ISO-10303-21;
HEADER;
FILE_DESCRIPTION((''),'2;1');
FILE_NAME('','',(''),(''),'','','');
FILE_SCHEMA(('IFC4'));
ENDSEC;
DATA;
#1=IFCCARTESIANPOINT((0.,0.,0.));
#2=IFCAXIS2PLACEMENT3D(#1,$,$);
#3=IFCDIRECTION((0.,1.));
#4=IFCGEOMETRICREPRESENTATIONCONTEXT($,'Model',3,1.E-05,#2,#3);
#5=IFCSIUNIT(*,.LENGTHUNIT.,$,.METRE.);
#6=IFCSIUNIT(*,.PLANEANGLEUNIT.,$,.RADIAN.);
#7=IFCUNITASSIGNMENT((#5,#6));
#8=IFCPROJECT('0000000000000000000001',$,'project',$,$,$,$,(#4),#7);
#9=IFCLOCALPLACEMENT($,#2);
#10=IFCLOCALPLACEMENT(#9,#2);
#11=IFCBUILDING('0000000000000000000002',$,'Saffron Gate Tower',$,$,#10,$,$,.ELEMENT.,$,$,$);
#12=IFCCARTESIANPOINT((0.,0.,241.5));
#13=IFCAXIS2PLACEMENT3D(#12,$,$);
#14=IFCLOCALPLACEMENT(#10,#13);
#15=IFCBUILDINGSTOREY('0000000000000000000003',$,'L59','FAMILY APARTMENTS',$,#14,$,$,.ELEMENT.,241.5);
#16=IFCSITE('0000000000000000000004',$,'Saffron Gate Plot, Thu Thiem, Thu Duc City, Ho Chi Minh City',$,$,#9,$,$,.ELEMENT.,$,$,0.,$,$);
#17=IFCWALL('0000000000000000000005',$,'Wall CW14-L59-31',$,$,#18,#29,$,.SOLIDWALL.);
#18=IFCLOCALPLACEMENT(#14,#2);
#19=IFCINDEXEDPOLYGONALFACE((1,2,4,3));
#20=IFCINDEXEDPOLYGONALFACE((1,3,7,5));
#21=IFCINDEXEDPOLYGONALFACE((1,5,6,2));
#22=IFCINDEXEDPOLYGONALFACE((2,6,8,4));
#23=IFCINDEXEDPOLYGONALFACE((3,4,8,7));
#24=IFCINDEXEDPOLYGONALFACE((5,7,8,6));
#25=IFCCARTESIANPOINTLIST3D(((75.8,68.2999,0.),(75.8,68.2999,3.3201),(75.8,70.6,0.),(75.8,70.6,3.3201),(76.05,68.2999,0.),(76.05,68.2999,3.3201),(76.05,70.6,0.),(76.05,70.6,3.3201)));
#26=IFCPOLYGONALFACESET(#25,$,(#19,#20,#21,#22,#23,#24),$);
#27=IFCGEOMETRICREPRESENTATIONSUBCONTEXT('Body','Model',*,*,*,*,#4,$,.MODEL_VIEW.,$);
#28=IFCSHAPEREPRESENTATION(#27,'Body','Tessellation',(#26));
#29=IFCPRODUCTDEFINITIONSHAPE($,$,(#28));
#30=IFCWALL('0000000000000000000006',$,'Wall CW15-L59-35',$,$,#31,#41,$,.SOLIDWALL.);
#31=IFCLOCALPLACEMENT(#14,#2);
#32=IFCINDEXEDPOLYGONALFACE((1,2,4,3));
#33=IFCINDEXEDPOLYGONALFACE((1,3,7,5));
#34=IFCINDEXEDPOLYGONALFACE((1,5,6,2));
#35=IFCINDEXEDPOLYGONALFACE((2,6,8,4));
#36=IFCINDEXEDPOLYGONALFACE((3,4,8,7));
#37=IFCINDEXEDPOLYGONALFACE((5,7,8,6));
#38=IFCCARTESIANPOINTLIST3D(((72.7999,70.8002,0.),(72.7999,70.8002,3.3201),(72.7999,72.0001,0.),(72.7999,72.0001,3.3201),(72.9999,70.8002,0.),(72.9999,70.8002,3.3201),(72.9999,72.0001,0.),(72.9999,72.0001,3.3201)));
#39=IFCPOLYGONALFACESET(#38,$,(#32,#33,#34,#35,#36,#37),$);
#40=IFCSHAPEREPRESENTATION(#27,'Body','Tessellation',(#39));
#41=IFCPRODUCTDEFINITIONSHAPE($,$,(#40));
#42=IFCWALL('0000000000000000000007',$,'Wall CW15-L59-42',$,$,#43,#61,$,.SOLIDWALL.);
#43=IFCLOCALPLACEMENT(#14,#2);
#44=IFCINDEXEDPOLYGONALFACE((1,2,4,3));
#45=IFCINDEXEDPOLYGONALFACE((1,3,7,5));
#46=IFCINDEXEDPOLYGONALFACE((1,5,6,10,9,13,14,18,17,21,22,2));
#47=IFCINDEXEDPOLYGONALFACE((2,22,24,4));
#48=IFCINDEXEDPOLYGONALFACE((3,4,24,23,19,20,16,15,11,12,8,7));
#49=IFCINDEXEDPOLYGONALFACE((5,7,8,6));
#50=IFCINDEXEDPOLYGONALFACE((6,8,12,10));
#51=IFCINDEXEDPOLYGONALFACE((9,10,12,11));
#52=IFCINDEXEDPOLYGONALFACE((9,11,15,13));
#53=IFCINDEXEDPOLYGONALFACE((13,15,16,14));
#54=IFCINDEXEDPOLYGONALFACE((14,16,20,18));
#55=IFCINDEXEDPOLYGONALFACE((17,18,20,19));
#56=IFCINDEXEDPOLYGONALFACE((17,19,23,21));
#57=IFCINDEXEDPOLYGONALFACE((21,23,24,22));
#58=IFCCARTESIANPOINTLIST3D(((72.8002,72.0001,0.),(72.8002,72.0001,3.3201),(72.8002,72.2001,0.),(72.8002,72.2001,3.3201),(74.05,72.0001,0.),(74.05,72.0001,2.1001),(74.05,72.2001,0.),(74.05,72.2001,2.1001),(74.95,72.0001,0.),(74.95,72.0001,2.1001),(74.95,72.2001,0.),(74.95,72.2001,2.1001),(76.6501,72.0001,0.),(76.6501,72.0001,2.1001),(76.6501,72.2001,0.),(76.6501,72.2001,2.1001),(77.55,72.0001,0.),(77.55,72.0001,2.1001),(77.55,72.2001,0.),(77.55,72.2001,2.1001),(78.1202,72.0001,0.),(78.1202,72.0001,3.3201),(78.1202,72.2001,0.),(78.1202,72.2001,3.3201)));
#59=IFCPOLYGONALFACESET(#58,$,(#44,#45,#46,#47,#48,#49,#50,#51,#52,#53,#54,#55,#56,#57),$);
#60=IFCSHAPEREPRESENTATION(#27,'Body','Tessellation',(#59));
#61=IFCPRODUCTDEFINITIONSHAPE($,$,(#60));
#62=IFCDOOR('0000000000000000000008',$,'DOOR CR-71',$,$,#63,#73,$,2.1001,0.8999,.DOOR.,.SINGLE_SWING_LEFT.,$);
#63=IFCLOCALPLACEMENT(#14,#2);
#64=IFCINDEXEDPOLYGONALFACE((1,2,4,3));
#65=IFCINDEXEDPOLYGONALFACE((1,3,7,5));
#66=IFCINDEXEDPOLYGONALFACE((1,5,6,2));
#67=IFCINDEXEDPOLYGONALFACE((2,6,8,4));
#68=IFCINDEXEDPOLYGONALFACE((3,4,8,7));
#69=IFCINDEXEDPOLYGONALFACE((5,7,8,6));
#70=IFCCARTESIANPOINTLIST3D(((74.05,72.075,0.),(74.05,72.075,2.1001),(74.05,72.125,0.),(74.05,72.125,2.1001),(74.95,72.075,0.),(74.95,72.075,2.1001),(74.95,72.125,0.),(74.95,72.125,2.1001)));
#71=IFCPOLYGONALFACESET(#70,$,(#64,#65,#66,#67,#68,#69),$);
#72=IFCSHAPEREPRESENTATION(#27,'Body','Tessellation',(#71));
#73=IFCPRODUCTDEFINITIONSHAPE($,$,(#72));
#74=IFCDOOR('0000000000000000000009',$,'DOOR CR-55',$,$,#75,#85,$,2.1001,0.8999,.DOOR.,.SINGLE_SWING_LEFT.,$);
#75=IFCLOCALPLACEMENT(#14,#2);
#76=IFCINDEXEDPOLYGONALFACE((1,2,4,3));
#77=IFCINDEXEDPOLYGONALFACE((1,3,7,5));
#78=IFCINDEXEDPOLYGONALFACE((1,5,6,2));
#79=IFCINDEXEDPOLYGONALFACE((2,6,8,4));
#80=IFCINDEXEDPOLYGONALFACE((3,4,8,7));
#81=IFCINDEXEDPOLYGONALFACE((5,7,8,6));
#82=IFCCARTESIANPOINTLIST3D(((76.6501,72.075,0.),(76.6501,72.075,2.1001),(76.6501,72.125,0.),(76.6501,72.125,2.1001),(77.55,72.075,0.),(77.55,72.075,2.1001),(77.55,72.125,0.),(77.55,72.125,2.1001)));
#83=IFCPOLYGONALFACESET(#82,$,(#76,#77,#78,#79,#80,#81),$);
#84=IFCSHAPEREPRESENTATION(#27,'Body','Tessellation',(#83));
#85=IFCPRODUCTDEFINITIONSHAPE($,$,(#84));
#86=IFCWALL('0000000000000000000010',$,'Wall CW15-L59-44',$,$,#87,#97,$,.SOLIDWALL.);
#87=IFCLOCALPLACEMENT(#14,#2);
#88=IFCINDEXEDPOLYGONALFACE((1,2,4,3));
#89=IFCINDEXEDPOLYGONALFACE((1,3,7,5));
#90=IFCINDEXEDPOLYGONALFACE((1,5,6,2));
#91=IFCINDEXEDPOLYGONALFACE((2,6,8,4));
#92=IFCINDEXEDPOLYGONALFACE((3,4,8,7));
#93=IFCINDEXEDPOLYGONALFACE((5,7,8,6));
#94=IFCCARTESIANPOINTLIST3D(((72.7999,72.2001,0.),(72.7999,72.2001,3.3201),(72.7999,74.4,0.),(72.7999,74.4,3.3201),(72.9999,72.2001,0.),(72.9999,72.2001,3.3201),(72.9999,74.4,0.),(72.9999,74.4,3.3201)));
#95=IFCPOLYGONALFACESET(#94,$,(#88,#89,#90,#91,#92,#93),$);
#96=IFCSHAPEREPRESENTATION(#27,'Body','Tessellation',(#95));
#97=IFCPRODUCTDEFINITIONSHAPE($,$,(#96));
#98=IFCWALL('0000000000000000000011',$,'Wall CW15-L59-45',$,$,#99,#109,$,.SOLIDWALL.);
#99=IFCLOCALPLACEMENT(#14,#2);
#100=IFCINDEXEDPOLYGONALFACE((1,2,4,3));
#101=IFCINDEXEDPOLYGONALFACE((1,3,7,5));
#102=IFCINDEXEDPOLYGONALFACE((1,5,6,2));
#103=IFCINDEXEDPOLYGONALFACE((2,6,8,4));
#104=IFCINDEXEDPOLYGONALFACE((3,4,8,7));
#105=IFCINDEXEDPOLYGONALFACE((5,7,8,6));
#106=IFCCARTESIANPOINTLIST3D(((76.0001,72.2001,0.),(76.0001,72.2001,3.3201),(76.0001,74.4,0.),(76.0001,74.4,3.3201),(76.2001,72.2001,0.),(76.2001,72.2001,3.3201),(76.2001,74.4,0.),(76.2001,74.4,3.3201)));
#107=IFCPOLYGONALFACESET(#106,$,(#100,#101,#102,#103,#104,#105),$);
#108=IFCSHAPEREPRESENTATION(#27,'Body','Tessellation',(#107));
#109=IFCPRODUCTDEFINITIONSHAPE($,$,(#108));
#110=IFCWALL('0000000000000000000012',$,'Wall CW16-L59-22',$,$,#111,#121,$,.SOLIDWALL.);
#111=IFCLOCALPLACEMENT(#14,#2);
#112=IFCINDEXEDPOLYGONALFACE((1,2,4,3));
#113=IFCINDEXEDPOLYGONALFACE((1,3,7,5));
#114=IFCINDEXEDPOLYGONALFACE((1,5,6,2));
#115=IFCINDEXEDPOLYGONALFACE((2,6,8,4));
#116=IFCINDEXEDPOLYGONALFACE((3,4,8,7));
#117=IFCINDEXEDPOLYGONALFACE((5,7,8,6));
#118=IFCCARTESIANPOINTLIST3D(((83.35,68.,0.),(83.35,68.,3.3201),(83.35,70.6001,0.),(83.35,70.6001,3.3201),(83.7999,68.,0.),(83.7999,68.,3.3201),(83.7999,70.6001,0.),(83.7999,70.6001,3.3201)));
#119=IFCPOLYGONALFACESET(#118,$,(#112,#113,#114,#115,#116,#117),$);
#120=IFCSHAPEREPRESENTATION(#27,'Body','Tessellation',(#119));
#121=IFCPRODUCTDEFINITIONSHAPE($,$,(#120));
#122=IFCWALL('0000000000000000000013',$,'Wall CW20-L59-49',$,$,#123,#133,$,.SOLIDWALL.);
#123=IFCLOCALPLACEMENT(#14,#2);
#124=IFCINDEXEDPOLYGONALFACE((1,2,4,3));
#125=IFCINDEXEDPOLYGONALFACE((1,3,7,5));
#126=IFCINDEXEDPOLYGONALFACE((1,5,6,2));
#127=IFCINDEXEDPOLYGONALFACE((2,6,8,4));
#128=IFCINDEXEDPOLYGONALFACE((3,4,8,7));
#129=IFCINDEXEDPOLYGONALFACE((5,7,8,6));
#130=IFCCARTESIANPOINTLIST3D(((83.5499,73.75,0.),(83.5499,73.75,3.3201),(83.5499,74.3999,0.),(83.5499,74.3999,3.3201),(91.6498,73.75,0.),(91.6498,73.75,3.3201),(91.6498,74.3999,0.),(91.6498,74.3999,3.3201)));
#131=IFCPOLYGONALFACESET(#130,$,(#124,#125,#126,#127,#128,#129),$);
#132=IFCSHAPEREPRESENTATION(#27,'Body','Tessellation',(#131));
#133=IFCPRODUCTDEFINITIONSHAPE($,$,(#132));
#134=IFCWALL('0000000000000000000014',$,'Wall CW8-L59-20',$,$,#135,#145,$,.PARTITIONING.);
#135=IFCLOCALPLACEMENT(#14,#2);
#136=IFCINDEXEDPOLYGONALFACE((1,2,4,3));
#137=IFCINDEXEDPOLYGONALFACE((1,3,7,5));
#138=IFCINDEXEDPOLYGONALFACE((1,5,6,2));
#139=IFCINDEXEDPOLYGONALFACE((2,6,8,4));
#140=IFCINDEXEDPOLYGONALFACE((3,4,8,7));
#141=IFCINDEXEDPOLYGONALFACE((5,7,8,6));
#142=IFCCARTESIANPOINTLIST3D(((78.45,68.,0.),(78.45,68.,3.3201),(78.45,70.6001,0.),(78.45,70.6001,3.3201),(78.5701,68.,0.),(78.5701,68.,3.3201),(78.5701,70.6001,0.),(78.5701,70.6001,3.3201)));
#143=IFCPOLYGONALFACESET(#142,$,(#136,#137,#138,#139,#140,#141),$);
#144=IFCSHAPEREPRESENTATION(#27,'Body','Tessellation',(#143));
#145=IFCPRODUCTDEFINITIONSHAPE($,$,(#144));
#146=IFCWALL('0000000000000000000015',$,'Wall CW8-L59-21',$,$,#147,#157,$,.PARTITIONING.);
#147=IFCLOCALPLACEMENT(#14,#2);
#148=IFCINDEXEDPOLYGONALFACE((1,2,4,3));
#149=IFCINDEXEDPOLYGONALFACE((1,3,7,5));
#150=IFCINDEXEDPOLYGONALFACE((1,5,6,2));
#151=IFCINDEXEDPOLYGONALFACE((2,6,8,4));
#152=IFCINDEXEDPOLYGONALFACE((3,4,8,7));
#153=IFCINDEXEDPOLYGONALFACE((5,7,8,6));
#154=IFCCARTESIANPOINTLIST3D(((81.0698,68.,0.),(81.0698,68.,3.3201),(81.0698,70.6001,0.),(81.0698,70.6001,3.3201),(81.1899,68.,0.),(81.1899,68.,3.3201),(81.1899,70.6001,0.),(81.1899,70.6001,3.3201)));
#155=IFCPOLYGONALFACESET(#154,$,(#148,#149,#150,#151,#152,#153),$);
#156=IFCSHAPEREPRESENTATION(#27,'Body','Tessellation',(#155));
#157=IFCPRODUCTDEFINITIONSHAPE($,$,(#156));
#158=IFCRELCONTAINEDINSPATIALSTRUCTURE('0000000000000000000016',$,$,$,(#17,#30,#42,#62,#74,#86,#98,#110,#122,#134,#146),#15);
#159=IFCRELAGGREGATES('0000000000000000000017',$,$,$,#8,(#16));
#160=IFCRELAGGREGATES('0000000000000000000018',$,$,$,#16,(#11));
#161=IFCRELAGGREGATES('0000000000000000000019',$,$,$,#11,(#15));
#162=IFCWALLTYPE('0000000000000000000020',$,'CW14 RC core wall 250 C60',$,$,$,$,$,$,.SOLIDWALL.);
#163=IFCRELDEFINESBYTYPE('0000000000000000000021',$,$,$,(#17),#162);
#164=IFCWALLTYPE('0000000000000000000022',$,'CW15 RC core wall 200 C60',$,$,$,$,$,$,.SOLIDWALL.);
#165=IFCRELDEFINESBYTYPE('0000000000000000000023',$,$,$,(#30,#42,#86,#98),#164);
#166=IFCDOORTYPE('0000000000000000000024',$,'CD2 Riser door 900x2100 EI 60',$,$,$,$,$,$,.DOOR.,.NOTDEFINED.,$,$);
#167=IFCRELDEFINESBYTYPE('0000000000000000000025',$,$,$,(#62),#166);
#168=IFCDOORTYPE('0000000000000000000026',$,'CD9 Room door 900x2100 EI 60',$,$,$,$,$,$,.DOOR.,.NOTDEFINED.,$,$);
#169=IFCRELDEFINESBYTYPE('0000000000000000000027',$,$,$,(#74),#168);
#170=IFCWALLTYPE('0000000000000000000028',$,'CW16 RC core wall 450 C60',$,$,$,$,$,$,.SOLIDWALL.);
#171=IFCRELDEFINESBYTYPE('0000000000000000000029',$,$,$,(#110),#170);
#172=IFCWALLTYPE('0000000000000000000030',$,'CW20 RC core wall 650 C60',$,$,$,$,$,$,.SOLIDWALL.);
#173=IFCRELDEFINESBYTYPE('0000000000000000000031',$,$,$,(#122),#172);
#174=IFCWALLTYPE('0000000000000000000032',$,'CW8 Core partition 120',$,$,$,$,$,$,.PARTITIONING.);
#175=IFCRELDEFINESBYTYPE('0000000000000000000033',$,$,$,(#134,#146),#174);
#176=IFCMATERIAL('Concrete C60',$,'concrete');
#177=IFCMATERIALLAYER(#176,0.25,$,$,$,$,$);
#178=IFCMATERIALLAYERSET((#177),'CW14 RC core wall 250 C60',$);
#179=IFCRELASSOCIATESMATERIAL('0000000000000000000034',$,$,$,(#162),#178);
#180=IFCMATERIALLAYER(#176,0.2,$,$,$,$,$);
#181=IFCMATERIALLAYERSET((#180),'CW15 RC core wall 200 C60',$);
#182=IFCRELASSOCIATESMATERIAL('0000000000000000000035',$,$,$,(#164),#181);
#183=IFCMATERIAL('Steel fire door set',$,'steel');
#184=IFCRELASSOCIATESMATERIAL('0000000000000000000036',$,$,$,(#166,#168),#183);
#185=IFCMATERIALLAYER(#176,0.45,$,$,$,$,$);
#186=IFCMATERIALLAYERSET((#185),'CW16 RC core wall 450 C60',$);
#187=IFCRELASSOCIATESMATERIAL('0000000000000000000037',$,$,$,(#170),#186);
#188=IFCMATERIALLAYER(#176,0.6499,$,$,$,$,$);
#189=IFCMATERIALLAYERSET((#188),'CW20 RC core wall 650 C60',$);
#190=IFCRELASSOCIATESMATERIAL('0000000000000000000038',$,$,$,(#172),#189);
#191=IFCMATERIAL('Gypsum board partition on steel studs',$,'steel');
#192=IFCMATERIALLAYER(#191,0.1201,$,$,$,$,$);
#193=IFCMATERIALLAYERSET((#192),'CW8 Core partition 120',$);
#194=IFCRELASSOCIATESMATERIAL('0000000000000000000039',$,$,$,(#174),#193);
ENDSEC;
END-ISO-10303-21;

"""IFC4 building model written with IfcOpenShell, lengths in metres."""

from ifc_helpers import new_model, si_unit, direction, frame, frame_2d, origin, place, context, subcontext, project, spatial, rectangle, extrude, material, layer, layer_set, type_object, element, fill, save


model = new_model("IFC4")

# Units and contexts
model_context = context("Model", 3, precision=1e-05, world=origin(), true_north=direction((0.0, 1.0)))
body_context = subcontext(model_context, "Body", "Model", "MODEL_VIEW")
ifc_project = project(units=[si_unit("LENGTHUNIT", "METRE"), si_unit("PLANEANGLEUNIT", "RADIAN")], contexts=[model_context])

# Site, building, storey
site_placement = place(None, origin())
site = spatial("IfcSite", under=ifc_project, at=site_placement, Name="Saffron Gate Plot, Thu Thiem, Thu Duc City, Ho Chi Minh City", CompositionType="ELEMENT", RefElevation=0.0)
building_placement = place(site_placement, origin())
building = spatial("IfcBuilding", under=site, at=building_placement, Name="Saffron Gate Tower", CompositionType="ELEMENT")
storey_placement = place(building_placement, frame((0.0, 0.0, 241.5)))
storey = spatial("IfcBuildingStorey", under=building, at=storey_placement, Name="L59", Description="FAMILY APARTMENTS", CompositionType="ELEMENT", Elevation=241.5)

# Walls
ifc_material_1 = material(Name="Concrete C60", Category="concrete")
ifc_layer_1 = layer(ifc_material_1, 0.25)
ifc_layer_set_1 = layer_set([ifc_layer_1], Name="CW14 RC core wall 250 C60")
wall_type_1 = type_object("IfcWallType", Name="CW14 RC core wall 250 C60", PredefinedType="SOLIDWALL", material=ifc_layer_set_1)
wall_1_placement = place(storey_placement, frame((75.925, 68.3, 0.0), z_axis=(0.0, 0.0, 1.0), x_axis=(0.0, 1.0, 0.0)))
element("IfcWall", 1, at=wall_1_placement, inside=storey, type_object=wall_type_1, Name="Wall CW14-L59-31", PredefinedType="SOLIDWALL", context=body_context, shape_type="SweptSolid", body=[
    extrude(rectangle(XDim=2.3, YDim=0.25, at=frame_2d((1.1499, 0.0))), origin(), (0.0, 0.0, 1.0), 3.3201),
])
ifc_layer_2 = layer(ifc_material_1, 0.2)
ifc_layer_set_2 = layer_set([ifc_layer_2], Name="CW15 RC core wall 200 C60")
wall_type_2 = type_object("IfcWallType", Name="CW15 RC core wall 200 C60", PredefinedType="SOLIDWALL", material=ifc_layer_set_2)
wall_2_placement = place(storey_placement, frame((72.8999, 70.8, 0.0), z_axis=(0.0, 0.0, 1.0), x_axis=(0.0, 1.0, 0.0)))
element("IfcWall", 2, at=wall_2_placement, inside=storey, type_object=wall_type_2, Name="Wall CW15-L59-35", PredefinedType="SOLIDWALL", context=body_context, shape_type="SweptSolid", body=[
    extrude(rectangle(XDim=1.2, YDim=0.2, at=frame_2d((0.6001, 0.0))), origin(), (0.0, 0.0, 1.0), 3.3201),
])

# Wall, openings, doors
wall_3_placement = place(storey_placement, frame((72.8, 72.1001, 0.0), z_axis=(0.0, 0.0, 1.0), x_axis=(1.0, 0.0, 0.0)))
wall_3 = element("IfcWall", 3, at=wall_3_placement, inside=storey, type_object=wall_type_2, Name="Wall CW15-L59-42", PredefinedType="SOLIDWALL", context=body_context, shape_type="SweptSolid", body=[
    extrude(rectangle(XDim=5.3201, YDim=0.2, at=frame_2d((2.6602, 0.0))), origin(), (0.0, 0.0, 1.0), 3.3201),
])
opening_1_placement = place(wall_3_placement, frame((1.25, 0.0, 0.0)))
opening_1 = element("IfcOpeningElement", 4, at=opening_1_placement, cuts=wall_3, PredefinedType="OPENING", context=body_context, shape_type="SweptSolid", body=[
    extrude(rectangle(XDim=0.8999, YDim=2.1001, at=frame_2d((0.45, 1.05))), frame((0.0, 0.1099, 0.0), z_axis=(0.0, -1.0, 0.0), x_axis=(1.0, 0.0, 0.0)), (0.0, 0.0, 1.0), 0.22),
])
opening_2_placement = place(wall_3_placement, frame((3.8501, 0.0, 0.0)))
opening_2 = element("IfcOpeningElement", 5, at=opening_2_placement, cuts=wall_3, PredefinedType="OPENING", context=body_context, shape_type="SweptSolid", body=[
    extrude(rectangle(XDim=0.8999, YDim=2.1001, at=frame_2d((0.45, 1.05))), frame((0.0, 0.1099, 0.0), z_axis=(0.0, -1.0, 0.0), x_axis=(1.0, 0.0, 0.0)), (0.0, 0.0, 1.0), 0.22),
])
ifc_material_2 = material(Name="Steel fire door set", Category="steel")
door_type_1 = type_object("IfcDoorType", Name="CD2 Riser door 900x2100 EI 60", OperationType="NOTDEFINED", PredefinedType="DOOR", material=ifc_material_2)
door_1_placement = place(opening_1_placement, origin())
door_1 = element("IfcDoor", 6, at=door_1_placement, inside=storey, type_object=door_type_1, Name="DOOR CR-71", OperationType="SINGLE_SWING_LEFT", OverallHeight=2.1001, OverallWidth=0.8999, PredefinedType="DOOR", context=body_context, shape_type="SweptSolid", body=[
    extrude(rectangle(XDim=0.8999, YDim=2.1001, at=frame_2d((0.45, 1.05))), frame((0.0, 0.0249, 0.0), z_axis=(0.0, -1.0, 0.0), x_axis=(1.0, 0.0, 0.0)), (0.0, 0.0, 1.0), 0.05),
])
fill(opening_1, door_1)
door_type_2 = type_object("IfcDoorType", Name="CD9 Room door 900x2100 EI 60", OperationType="NOTDEFINED", PredefinedType="DOOR", material=ifc_material_2)
door_2_placement = place(opening_2_placement, origin())
door_2 = element("IfcDoor", 7, at=door_2_placement, inside=storey, type_object=door_type_2, Name="DOOR CR-55", OperationType="SINGLE_SWING_LEFT", OverallHeight=2.1001, OverallWidth=0.8999, PredefinedType="DOOR", context=body_context, shape_type="SweptSolid", body=[
    extrude(rectangle(XDim=0.8999, YDim=2.1001, at=frame_2d((0.45, 1.05))), frame((0.0, 0.0249, 0.0), z_axis=(0.0, -1.0, 0.0), x_axis=(1.0, 0.0, 0.0)), (0.0, 0.0, 1.0), 0.05),
])
fill(opening_2, door_2)

# Walls
for number, where, z_axis, x_axis, name in (
    (8, (72.8999, 72.2, 0.0), (0.0, 0.0, 1.0), (0.0, 1.0, 0.0), "Wall CW15-L59-44"),
    (9, (76.1001, 72.2, 0.0), (0.0, 0.0, 1.0), (0.0, 1.0, 0.0), "Wall CW15-L59-45"),
):
    element("IfcWall", number, at=place(storey_placement, frame(where, z_axis=z_axis, x_axis=x_axis)), inside=storey, type_object=wall_type_2, Name=name, PredefinedType="SOLIDWALL", context=body_context, shape_type="SweptSolid", body=[
        extrude(rectangle(XDim=2.2, YDim=0.2, at=frame_2d((1.1001, 0.0))), origin(), (0.0, 0.0, 1.0), 3.3201),
    ])
ifc_layer_3 = layer(ifc_material_1, 0.45)
ifc_layer_set_3 = layer_set([ifc_layer_3], Name="CW16 RC core wall 450 C60")
wall_type_3 = type_object("IfcWallType", Name="CW16 RC core wall 450 C60", PredefinedType="SOLIDWALL", material=ifc_layer_set_3)
wall_4_placement = place(storey_placement, frame((83.575, 68.0, 0.0), z_axis=(0.0, 0.0, 1.0), x_axis=(0.0, 1.0, 0.0)))
element("IfcWall", 10, at=wall_4_placement, inside=storey, type_object=wall_type_3, Name="Wall CW16-L59-22", PredefinedType="SOLIDWALL", context=body_context, shape_type="SweptSolid", body=[
    extrude(rectangle(XDim=2.6001, YDim=0.45, at=frame_2d((1.3, 0.0))), origin(), (0.0, 0.0, 1.0), 3.3201),
])
ifc_layer_4 = layer(ifc_material_1, 0.6499)
ifc_layer_set_4 = layer_set([ifc_layer_4], Name="CW20 RC core wall 650 C60")
wall_type_4 = type_object("IfcWallType", Name="CW20 RC core wall 650 C60", PredefinedType="SOLIDWALL", material=ifc_layer_set_4)
wall_5_placement = place(storey_placement, frame((83.55, 74.075, 0.0), z_axis=(0.0, 0.0, 1.0), x_axis=(1.0, 0.0, 0.0)))
element("IfcWall", 11, at=wall_5_placement, inside=storey, type_object=wall_type_4, Name="Wall CW20-L59-49", PredefinedType="SOLIDWALL", context=body_context, shape_type="SweptSolid", body=[
    extrude(rectangle(XDim=8.0999, YDim=0.6499, at=frame_2d((4.0498, 0.0))), origin(), (0.0, 0.0, 1.0), 3.3201),
])
ifc_material_3 = material(Name="Gypsum board partition on steel studs", Category="steel")
ifc_layer_5 = layer(ifc_material_3, 0.1201)
ifc_layer_set_5 = layer_set([ifc_layer_5], Name="CW8 Core partition 120")
wall_type_5 = type_object("IfcWallType", Name="CW8 Core partition 120", PredefinedType="PARTITIONING", material=ifc_layer_set_5)
for number, where, z_axis, x_axis, name in (
    (12, (78.51, 68.0, 0.0), (0.0, 0.0, 1.0), (0.0, 1.0, 0.0), "Wall CW8-L59-20"),
    (13, (81.1299, 68.0, 0.0), (0.0, 0.0, 1.0), (0.0, 1.0, 0.0), "Wall CW8-L59-21"),
):
    element("IfcWall", number, at=place(storey_placement, frame(where, z_axis=z_axis, x_axis=x_axis)), inside=storey, type_object=wall_type_5, Name=name, PredefinedType="PARTITIONING", context=body_context, shape_type="SweptSolid", body=[
        extrude(rectangle(XDim=2.6001, YDim=0.1201, at=frame_2d((1.3, 0.0))), origin(), (0.0, 0.0, 1.0), 3.3201),
    ])

save(model, "model.ifc")
